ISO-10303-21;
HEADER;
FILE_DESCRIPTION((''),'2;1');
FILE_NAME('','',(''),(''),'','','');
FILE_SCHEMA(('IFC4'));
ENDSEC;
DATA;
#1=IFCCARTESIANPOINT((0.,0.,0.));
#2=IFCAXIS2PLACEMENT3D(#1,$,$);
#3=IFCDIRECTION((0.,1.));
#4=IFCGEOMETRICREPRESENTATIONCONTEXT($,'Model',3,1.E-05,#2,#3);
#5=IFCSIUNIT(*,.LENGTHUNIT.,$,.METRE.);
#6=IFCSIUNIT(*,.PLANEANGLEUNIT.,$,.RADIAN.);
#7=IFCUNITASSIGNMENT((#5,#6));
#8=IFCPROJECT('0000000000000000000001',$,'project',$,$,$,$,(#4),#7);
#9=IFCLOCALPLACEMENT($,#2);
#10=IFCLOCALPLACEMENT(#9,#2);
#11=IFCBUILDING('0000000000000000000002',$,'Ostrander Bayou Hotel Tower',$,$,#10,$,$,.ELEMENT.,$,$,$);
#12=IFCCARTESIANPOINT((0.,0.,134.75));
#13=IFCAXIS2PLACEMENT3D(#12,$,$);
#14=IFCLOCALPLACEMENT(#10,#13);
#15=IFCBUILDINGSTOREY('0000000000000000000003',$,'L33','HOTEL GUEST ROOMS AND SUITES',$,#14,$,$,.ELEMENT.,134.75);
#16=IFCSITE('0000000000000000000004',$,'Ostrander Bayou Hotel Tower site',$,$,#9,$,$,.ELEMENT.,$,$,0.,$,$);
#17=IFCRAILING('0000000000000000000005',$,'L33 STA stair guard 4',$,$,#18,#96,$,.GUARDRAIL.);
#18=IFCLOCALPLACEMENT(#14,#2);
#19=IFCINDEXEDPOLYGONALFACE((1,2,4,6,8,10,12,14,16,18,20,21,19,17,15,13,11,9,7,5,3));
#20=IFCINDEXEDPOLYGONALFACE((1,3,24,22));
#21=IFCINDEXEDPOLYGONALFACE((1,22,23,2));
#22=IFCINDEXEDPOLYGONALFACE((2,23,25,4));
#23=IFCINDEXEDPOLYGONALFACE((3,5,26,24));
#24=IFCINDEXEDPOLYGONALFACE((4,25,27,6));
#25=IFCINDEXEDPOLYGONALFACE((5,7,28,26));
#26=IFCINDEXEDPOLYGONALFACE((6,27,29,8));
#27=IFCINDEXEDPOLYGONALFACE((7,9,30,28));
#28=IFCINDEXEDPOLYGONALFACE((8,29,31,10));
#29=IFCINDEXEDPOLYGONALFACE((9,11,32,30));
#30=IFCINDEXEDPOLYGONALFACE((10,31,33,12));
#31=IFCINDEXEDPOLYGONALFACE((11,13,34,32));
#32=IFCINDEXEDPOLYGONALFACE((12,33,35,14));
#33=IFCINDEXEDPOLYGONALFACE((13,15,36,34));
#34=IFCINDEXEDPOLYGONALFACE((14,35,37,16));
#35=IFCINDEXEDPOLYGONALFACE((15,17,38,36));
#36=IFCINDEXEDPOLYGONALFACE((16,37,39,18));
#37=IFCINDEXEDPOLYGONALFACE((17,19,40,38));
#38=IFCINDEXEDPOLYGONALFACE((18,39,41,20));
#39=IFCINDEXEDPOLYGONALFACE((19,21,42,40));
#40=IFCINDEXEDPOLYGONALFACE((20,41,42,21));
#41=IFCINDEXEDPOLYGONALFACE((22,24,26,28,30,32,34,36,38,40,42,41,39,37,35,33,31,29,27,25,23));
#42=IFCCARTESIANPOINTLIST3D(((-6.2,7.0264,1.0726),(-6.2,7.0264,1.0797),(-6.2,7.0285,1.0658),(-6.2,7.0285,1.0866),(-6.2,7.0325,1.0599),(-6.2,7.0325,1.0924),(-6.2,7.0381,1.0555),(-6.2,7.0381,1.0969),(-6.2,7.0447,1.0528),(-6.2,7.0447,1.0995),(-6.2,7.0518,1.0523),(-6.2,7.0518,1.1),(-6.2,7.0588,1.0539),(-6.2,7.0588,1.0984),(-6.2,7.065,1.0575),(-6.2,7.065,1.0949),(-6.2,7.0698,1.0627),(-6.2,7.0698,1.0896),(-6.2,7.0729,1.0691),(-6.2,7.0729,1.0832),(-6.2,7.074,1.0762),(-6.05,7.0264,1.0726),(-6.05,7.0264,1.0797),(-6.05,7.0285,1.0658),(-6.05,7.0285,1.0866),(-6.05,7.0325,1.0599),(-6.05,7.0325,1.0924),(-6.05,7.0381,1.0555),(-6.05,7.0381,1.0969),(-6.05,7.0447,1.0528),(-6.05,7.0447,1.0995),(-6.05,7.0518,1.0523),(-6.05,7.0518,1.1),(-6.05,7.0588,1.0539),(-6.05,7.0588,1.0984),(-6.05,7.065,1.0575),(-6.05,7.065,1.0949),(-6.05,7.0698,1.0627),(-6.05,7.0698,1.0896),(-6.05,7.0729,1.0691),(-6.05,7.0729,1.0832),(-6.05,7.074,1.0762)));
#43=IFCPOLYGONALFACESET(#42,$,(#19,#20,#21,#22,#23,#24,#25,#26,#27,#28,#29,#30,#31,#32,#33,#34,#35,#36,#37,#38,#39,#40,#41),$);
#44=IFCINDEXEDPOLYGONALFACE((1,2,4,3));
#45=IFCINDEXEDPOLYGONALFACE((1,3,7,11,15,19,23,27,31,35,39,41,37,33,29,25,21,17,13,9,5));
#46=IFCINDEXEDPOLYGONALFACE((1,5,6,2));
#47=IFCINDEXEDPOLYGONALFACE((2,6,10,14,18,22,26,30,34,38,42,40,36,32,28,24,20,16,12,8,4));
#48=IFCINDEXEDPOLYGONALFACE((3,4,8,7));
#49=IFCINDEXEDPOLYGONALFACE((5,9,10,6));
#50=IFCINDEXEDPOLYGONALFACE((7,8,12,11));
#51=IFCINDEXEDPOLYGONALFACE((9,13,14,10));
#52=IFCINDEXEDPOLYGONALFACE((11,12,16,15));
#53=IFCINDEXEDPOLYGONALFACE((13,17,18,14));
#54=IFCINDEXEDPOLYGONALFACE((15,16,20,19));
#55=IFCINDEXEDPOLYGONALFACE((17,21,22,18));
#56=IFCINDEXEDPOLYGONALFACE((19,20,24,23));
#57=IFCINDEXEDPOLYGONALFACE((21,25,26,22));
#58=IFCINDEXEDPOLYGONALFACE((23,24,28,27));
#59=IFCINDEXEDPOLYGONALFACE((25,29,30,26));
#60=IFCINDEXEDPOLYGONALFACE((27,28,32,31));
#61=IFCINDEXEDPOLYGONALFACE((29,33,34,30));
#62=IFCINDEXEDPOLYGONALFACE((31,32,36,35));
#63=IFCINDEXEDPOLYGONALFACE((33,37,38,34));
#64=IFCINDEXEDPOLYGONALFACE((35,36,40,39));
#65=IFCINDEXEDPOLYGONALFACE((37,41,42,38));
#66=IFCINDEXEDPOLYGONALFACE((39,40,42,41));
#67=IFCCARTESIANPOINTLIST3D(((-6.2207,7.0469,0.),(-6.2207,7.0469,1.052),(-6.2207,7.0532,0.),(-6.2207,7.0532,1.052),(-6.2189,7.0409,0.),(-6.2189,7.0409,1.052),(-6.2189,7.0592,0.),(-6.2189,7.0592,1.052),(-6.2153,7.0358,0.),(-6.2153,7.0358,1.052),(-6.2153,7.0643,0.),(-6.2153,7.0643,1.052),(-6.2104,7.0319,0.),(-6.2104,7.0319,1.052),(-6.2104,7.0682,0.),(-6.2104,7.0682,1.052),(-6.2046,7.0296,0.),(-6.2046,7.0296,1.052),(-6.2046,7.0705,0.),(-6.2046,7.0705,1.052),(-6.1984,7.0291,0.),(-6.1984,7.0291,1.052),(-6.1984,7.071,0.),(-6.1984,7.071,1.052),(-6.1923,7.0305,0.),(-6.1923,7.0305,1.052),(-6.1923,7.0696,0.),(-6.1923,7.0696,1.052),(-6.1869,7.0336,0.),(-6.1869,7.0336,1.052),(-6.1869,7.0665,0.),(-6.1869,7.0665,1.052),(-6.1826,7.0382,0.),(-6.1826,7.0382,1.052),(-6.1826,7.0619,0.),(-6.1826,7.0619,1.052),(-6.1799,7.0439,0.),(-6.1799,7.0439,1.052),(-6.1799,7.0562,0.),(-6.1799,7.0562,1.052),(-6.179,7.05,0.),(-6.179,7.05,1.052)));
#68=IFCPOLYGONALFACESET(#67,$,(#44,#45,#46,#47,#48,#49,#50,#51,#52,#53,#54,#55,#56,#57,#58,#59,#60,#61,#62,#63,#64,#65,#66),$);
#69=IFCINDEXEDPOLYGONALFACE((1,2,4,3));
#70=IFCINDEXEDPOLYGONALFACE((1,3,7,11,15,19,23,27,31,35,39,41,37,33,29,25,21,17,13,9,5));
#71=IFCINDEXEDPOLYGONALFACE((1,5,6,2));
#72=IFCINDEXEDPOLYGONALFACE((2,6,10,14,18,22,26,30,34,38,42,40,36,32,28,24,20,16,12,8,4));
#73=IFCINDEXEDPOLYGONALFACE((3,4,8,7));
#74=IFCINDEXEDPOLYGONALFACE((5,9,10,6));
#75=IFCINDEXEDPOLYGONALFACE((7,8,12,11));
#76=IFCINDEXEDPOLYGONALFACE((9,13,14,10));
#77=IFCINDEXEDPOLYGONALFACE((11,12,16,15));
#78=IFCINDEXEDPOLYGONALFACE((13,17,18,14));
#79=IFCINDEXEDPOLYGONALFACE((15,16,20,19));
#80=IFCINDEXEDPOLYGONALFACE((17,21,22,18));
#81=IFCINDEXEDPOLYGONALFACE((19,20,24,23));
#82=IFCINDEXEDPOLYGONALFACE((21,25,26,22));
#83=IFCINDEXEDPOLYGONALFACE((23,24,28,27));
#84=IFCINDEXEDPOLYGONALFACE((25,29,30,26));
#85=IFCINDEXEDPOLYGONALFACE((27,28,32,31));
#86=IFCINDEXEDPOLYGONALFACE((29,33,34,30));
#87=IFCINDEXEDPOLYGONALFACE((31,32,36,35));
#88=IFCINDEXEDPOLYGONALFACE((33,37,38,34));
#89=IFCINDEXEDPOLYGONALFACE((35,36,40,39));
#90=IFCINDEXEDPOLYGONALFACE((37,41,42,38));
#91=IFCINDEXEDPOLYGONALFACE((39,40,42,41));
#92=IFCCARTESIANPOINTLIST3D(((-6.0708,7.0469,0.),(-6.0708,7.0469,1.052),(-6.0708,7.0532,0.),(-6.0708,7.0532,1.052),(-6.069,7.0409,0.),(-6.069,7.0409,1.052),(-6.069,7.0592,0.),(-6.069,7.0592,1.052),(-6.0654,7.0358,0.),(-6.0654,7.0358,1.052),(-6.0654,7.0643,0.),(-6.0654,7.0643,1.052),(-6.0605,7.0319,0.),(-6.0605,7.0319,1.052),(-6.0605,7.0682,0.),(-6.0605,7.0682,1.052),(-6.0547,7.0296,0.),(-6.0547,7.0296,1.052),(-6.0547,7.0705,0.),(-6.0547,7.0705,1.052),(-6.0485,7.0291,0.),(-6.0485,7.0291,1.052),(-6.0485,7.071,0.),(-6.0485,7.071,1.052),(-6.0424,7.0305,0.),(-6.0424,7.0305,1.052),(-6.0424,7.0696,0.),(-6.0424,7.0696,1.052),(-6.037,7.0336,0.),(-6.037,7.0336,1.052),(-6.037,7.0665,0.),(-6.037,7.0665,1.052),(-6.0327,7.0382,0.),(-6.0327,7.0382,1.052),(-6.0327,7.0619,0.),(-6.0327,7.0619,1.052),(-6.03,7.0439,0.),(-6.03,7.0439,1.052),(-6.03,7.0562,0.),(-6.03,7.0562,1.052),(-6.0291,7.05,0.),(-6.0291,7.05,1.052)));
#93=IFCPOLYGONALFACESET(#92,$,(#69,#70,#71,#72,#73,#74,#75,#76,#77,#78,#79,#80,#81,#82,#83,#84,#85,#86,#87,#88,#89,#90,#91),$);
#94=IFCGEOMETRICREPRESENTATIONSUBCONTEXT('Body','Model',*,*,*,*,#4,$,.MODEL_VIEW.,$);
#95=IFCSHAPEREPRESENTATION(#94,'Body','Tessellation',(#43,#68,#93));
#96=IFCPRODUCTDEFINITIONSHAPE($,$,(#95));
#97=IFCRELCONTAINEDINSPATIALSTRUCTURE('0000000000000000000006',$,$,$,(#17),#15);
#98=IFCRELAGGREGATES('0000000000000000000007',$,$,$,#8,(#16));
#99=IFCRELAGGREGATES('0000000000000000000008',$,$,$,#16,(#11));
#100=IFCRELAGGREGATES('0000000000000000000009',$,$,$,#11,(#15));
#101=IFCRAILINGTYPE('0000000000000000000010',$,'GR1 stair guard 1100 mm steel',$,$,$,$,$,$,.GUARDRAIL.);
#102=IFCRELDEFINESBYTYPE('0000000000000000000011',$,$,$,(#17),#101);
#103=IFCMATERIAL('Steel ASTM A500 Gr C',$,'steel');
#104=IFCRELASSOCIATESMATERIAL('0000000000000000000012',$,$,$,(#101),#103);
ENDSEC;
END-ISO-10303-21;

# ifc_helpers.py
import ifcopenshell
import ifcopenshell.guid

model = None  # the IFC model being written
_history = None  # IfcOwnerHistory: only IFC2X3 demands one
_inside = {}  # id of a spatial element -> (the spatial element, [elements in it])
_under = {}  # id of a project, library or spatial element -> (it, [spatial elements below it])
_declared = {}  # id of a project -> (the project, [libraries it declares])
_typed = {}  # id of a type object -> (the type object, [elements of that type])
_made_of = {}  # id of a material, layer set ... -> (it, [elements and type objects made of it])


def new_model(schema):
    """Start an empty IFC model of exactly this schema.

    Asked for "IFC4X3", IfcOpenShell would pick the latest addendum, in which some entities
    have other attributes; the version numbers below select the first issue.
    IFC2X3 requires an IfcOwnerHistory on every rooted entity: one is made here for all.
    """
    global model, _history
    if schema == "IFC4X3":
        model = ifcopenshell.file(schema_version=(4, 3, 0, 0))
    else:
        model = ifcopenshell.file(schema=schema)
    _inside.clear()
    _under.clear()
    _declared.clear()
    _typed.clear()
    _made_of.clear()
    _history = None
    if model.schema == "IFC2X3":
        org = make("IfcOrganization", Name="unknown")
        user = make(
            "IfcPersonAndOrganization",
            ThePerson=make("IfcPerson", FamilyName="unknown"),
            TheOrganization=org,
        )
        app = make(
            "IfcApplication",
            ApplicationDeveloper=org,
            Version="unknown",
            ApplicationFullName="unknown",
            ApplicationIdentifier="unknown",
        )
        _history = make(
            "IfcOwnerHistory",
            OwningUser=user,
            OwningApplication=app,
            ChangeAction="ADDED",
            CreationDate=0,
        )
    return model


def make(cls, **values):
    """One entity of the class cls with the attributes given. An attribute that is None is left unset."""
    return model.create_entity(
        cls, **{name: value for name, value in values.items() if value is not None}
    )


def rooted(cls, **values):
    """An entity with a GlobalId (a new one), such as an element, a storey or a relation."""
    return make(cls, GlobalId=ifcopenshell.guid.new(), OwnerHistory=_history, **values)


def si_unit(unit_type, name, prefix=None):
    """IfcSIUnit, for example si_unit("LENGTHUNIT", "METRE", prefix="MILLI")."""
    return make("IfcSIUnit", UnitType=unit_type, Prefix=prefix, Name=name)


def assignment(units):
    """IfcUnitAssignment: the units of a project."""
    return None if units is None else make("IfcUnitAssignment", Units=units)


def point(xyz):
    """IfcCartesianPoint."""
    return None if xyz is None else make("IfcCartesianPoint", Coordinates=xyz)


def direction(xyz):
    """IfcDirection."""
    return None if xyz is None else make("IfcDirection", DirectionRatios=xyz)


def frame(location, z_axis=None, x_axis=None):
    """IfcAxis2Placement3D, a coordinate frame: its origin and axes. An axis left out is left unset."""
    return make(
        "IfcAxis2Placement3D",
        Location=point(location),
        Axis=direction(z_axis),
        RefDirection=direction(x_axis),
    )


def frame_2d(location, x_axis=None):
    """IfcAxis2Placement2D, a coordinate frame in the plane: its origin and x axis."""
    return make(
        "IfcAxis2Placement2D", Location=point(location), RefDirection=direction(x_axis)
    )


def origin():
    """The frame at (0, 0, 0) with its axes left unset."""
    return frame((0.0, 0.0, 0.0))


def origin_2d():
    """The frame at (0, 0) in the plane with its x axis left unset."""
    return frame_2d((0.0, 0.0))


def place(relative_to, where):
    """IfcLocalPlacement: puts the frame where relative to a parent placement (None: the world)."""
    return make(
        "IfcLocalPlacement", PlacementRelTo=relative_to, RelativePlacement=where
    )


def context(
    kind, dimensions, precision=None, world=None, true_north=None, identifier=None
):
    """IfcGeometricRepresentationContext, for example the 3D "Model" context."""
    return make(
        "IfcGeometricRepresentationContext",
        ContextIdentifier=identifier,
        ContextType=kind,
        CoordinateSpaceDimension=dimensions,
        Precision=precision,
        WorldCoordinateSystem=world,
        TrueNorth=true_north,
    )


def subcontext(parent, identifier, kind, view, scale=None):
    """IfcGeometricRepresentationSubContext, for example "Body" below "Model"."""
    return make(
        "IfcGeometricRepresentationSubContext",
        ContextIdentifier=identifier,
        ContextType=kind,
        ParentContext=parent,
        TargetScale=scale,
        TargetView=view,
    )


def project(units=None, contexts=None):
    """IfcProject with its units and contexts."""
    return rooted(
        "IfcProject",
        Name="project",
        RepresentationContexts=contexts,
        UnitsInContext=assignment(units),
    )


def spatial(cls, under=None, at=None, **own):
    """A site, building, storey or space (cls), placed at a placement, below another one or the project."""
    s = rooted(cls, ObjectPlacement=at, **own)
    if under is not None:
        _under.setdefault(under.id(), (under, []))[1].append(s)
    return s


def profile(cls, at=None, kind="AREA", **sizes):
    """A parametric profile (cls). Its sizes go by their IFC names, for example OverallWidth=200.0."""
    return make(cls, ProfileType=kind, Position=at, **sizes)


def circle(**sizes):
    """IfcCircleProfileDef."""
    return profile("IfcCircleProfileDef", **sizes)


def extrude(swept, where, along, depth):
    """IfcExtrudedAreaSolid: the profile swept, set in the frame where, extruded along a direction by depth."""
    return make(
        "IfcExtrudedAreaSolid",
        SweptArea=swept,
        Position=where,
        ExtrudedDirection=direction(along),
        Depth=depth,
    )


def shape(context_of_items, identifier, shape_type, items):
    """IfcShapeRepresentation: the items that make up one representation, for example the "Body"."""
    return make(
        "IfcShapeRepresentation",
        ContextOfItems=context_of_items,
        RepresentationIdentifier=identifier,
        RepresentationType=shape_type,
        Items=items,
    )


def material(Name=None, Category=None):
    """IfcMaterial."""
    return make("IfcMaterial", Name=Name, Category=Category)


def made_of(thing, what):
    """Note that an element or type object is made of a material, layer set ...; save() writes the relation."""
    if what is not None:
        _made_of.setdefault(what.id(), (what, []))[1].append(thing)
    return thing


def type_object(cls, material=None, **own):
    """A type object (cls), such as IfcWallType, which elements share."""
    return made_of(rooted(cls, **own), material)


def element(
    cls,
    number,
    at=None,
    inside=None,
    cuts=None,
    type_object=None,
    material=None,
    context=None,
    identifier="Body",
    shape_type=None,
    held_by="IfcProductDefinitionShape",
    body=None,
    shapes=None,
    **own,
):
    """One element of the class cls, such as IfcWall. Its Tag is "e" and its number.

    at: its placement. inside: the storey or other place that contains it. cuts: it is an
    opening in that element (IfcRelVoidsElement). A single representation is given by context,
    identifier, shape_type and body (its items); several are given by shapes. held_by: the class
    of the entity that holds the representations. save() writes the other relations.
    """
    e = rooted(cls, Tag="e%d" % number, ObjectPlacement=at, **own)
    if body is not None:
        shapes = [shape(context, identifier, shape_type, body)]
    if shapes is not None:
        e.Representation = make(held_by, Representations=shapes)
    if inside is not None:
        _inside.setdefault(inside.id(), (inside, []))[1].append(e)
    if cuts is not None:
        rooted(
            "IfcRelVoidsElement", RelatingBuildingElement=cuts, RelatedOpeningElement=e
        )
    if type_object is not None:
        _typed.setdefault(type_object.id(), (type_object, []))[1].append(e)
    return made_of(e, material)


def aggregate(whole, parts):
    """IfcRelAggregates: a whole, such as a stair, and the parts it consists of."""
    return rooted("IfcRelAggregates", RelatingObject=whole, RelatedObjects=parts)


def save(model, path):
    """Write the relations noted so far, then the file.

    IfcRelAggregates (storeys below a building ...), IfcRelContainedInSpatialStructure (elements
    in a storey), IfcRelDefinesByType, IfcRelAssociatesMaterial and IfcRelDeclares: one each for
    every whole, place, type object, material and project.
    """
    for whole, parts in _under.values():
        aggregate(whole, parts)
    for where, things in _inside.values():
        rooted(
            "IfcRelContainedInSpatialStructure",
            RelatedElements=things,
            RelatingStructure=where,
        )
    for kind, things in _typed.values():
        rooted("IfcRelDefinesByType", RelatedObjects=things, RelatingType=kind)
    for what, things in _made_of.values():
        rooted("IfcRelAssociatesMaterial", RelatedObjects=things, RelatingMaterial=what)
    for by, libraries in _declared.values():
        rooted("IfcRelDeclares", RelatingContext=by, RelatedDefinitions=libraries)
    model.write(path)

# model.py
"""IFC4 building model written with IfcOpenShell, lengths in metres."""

from ifc_helpers import new_model, si_unit, direction, frame, origin, origin_2d, place, context, subcontext, project, spatial, circle, extrude, material, type_object, element, save


model = new_model("IFC4")

# Units and contexts
model_context = context("Model", 3, precision=1e-05, world=origin(), true_north=direction((0.0, 1.0)))
body_context = subcontext(model_context, "Body", "Model", "MODEL_VIEW")
ifc_project = project(units=[si_unit("LENGTHUNIT", "METRE"), si_unit("PLANEANGLEUNIT", "RADIAN")], contexts=[model_context])

# Site, building, storey
site_placement = place(None, origin())
site = spatial("IfcSite", under=ifc_project, at=site_placement, Name="Ostrander Bayou Hotel Tower site", CompositionType="ELEMENT", RefElevation=0.0)
building_placement = place(site_placement, origin())
building = spatial("IfcBuilding", under=site, at=building_placement, Name="Ostrander Bayou Hotel Tower", CompositionType="ELEMENT")
storey_placement = place(building_placement, frame((0.0, 0.0, 134.75)))
storey = spatial("IfcBuildingStorey", under=building, at=storey_placement, Name="L33", Description="HOTEL GUEST ROOMS AND SUITES", CompositionType="ELEMENT", Elevation=134.75)

# Railing
ifc_material_1 = material(Name="Steel ASTM A500 Gr C", Category="steel")
railing_type_1 = type_object("IfcRailingType", Name="GR1 stair guard 1100 mm steel", PredefinedType="GUARDRAIL", material=ifc_material_1)
railing_1_placement = place(storey_placement, frame((-6.2, 7.05, 0.0)))
element("IfcRailing", 1, at=railing_1_placement, inside=storey, type_object=railing_type_1, Name="L33 STA stair guard 4", PredefinedType="GUARDRAIL", context=body_context, shape_type="SweptSolid", body=[
    extrude(circle(Radius=0.0239, at=origin_2d()), frame((0.0, 0.0, 1.0762), z_axis=(1.0, 0.0, 0.0), x_axis=(0.0, 1.0, 0.0)), (0.0, 0.0, 1.0), 0.1499),
    extrude(circle(Radius=0.021, at=origin_2d()), origin(), (0.0, 0.0, 1.0), 1.052),
    extrude(circle(Radius=0.021, at=origin_2d()), frame((0.1499, 0.0, 0.0)), (0.0, 0.0, 1.0), 1.052),
])

save(model, "model.ifc")
